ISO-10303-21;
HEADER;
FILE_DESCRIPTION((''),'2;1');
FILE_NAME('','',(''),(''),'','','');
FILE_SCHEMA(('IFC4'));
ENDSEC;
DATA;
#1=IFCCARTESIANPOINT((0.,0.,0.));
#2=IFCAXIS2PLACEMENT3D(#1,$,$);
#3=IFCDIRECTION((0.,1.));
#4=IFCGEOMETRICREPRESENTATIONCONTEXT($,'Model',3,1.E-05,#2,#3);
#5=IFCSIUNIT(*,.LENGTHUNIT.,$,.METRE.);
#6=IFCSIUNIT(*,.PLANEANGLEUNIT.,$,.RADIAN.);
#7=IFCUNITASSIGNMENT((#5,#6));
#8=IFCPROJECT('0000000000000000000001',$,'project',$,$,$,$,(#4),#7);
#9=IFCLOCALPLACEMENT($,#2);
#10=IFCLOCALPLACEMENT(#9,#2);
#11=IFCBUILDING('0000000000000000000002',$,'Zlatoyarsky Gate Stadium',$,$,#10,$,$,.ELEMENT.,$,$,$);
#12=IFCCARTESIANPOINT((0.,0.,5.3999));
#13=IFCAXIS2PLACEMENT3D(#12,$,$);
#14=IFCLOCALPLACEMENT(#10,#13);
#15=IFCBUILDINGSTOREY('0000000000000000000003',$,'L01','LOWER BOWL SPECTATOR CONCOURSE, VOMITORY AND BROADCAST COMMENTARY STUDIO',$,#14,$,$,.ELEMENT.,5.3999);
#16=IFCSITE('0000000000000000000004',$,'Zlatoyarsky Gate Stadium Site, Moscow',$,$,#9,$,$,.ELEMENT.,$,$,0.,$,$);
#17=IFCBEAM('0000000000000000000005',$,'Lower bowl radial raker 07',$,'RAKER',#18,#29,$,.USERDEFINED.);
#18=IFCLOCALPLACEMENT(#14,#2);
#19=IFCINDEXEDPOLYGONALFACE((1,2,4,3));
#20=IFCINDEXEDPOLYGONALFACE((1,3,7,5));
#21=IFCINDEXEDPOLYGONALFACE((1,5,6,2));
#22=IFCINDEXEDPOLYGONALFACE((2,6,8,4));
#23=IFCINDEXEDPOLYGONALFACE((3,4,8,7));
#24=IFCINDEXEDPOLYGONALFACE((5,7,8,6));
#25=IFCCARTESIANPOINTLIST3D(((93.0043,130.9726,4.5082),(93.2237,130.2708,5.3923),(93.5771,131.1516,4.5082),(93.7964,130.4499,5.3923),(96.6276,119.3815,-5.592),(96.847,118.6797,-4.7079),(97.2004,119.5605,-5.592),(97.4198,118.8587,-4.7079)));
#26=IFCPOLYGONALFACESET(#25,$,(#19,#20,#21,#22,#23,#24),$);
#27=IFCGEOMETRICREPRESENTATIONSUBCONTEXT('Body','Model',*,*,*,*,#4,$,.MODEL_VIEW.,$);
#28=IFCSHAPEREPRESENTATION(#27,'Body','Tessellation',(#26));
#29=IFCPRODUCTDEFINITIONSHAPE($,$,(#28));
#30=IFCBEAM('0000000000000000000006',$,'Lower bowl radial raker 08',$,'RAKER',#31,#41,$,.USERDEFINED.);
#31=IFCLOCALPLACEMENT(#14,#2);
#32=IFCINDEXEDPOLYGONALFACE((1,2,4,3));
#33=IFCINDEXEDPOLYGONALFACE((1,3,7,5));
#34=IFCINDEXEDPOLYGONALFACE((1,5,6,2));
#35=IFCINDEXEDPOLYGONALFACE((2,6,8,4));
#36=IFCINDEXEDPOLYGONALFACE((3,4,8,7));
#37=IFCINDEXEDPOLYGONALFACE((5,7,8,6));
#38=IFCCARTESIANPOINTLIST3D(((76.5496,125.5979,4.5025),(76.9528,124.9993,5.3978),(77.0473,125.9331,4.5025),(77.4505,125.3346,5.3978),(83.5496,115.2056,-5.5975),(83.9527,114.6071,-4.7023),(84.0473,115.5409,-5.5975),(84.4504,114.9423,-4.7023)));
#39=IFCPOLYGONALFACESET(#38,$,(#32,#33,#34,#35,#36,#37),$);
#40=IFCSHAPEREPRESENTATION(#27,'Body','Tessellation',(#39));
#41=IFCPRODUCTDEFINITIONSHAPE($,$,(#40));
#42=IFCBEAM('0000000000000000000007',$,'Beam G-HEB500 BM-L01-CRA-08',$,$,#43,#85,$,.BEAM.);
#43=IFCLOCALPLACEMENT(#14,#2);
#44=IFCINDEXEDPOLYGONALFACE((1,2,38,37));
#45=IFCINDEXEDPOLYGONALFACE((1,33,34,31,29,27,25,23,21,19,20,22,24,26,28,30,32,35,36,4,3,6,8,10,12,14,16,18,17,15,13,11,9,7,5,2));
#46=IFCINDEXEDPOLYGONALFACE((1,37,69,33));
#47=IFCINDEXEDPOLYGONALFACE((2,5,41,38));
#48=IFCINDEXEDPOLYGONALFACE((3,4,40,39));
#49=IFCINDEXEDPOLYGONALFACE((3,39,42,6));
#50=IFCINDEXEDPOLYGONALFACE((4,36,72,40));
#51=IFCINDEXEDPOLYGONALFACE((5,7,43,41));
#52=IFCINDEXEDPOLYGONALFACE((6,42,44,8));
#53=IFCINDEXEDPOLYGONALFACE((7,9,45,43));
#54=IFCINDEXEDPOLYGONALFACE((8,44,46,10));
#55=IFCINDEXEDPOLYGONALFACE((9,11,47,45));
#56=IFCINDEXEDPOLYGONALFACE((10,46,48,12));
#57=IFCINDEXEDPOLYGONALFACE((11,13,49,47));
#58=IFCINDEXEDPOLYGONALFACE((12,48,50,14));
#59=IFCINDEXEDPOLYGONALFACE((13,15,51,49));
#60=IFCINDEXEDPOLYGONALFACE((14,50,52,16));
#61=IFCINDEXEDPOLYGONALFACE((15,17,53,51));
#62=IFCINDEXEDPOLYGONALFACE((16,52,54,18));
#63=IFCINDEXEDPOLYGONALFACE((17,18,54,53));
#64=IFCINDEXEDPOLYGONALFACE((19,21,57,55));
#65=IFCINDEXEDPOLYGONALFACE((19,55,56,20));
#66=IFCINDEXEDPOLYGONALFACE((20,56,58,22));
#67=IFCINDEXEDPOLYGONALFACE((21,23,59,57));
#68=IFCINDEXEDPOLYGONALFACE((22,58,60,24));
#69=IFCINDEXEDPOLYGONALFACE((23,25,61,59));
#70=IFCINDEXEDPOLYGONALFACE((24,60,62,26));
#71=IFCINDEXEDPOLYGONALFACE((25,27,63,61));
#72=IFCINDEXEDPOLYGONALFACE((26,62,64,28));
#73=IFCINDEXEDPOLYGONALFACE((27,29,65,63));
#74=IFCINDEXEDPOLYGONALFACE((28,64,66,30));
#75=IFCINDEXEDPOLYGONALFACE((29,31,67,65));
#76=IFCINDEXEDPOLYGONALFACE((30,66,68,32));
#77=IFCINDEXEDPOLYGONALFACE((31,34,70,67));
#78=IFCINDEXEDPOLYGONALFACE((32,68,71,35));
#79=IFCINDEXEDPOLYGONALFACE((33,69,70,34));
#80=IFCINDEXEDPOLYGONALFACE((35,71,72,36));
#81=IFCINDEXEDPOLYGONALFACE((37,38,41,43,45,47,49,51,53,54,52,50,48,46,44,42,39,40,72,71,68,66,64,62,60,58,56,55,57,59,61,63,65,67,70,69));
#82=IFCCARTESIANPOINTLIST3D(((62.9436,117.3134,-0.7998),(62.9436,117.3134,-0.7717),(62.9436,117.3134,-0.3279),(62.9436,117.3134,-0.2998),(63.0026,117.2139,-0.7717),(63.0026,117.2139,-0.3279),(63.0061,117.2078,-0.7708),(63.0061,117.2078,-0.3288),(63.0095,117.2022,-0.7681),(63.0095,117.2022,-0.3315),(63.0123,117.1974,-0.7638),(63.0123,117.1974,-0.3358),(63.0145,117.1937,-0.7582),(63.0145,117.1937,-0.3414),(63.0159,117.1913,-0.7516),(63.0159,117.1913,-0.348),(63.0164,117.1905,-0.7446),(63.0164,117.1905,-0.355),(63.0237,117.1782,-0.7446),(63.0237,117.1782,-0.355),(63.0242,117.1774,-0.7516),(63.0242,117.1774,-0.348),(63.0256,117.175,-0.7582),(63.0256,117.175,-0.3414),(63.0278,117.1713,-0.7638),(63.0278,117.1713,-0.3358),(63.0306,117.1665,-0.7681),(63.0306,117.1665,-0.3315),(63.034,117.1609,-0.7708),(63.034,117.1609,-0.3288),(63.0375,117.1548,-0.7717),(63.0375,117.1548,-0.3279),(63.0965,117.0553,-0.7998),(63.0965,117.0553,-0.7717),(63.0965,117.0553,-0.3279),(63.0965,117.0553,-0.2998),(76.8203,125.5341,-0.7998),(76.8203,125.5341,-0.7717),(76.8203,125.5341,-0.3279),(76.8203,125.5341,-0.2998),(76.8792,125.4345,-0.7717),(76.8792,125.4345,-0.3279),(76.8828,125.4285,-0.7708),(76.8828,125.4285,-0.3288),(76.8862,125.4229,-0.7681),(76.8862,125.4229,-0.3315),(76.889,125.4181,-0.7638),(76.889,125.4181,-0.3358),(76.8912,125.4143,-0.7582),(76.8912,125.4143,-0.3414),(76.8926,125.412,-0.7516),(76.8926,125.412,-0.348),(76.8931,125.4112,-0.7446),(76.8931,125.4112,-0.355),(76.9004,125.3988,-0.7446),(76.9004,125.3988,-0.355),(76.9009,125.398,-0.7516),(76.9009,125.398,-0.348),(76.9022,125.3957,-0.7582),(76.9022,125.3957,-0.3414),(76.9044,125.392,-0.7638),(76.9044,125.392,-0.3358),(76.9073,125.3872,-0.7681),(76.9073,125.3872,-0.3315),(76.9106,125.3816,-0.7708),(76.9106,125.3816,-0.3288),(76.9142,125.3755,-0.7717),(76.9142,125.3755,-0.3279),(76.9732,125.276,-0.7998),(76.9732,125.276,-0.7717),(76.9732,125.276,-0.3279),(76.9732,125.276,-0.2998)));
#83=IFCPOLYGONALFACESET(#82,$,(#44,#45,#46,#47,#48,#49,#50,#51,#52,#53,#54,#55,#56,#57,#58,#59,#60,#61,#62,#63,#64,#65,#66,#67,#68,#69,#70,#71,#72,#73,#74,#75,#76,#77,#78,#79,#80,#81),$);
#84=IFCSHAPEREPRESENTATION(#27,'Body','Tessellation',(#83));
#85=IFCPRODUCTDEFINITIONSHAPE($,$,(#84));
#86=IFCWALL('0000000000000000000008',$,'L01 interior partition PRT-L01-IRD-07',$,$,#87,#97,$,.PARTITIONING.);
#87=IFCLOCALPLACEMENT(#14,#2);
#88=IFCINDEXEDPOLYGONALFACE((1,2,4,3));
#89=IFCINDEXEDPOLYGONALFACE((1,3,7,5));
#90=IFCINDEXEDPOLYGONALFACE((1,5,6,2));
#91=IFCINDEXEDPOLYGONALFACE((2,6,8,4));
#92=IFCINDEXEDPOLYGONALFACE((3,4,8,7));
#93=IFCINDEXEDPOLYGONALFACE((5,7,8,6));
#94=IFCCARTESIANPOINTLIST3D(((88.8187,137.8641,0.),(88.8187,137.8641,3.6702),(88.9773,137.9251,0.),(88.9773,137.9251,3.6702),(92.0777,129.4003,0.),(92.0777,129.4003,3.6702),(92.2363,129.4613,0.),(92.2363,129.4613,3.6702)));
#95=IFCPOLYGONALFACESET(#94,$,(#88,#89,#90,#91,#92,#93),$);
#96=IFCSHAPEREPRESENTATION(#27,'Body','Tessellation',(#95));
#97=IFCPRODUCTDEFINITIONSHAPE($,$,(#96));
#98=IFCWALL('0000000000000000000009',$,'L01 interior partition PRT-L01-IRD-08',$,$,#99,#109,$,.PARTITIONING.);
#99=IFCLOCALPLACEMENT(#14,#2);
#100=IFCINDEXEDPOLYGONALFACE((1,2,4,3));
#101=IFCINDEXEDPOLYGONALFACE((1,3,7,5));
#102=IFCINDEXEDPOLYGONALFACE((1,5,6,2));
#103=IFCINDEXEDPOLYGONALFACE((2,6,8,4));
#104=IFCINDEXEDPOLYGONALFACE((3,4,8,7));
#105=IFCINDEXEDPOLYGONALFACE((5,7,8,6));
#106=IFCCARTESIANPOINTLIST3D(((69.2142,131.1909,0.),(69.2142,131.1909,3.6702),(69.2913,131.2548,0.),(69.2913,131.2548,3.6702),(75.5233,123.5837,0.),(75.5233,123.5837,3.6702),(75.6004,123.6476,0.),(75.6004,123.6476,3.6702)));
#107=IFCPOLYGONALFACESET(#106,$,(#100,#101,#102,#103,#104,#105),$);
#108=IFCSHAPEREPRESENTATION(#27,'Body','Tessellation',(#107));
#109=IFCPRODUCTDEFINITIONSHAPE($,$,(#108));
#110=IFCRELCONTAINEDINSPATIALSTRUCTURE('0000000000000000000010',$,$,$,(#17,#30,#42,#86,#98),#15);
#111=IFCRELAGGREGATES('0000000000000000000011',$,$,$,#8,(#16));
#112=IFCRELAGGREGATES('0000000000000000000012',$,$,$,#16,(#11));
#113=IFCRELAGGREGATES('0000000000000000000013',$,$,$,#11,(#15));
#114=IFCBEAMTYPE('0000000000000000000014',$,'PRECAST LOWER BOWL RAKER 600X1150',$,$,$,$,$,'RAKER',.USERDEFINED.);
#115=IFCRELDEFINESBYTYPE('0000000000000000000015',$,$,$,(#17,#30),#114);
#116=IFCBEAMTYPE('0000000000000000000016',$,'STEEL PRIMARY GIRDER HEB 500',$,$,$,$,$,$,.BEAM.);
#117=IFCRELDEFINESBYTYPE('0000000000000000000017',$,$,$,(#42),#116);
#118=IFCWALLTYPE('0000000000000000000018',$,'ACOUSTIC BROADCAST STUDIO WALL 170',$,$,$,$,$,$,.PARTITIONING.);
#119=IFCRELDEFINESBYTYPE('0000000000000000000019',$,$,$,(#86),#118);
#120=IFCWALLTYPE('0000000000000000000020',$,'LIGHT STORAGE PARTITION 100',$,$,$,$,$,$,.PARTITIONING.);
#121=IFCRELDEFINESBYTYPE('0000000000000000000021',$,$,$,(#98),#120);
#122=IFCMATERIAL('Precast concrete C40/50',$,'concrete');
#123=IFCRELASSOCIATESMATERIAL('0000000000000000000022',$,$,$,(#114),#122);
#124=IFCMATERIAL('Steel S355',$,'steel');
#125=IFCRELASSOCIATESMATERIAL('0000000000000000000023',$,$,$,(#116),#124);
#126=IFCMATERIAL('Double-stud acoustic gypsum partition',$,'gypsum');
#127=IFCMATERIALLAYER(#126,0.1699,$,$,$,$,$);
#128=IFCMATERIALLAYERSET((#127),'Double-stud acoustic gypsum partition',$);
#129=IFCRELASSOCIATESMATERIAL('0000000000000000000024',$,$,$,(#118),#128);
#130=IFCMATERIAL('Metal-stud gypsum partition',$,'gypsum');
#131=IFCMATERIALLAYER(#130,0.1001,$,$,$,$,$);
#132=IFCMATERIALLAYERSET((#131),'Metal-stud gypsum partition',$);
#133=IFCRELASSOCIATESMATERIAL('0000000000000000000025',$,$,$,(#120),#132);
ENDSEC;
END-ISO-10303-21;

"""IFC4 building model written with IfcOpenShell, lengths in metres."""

from ifc_helpers import new_model, si_unit, direction, frame, frame_2d, origin, origin_2d, place, context, subcontext, project, spatial, rectangle, i_section, extrude, material, layer, layer_set, material_profile, profile_set, type_object, element, save


model = new_model("IFC4")

# Units and contexts
model_context = context("Model", 3, precision=1e-05, world=origin(), true_north=direction((0.0, 1.0)))
body_context = subcontext(model_context, "Body", "Model", "MODEL_VIEW")
ifc_project = project(units=[si_unit("LENGTHUNIT", "METRE"), si_unit("PLANEANGLEUNIT", "RADIAN")], contexts=[model_context])

# Site, building, storey
site_placement = place(None, origin())
site = spatial("IfcSite", under=ifc_project, at=site_placement, Name="Zlatoyarsky Gate Stadium Site, Moscow", CompositionType="ELEMENT", RefElevation=0.0)
building_placement = place(site_placement, origin())
building = spatial("IfcBuilding", under=site, at=building_placement, Name="Zlatoyarsky Gate Stadium", CompositionType="ELEMENT")
storey_placement = place(building_placement, frame((0.0, 0.0, 5.3999)))
storey = spatial("IfcBuildingStorey", under=building, at=storey_placement, Name="L01", Description="LOWER BOWL SPECTATOR CONCOURSE, VOMITORY AND BROADCAST COMMENTARY STUDIO", CompositionType="ELEMENT", Elevation=5.3999)

# Beams
ifc_material_1 = material(Name="Precast concrete C40/50", Category="concrete")
ifc_material_profile_1 = material_profile(ifc_material_1, rectangle(XDim=0.6001, YDim=1.1499, at=origin_2d()), Name="PC RAKER 600X1150")
ifc_profile_set_1 = profile_set([ifc_material_profile_1], Name="Precast concrete C40/50")
beam_type_1 = type_object("IfcBeamType", Name="PRECAST LOWER BOWL RAKER 600X1150", ElementType="RAKER", PredefinedType="USERDEFINED", material=ifc_profile_set_1)
beam_1_placement = place(storey_placement, frame((97.0237, 119.1201, -5.1499), z_axis=(-0.22939, 0.733828, 0.639435), x_axis=(-0.954455, -0.298356, 0.0)))
element("IfcBeam", 1, at=beam_1_placement, inside=storey, type_object=beam_type_1, Name="Lower bowl radial raker 07", ObjectType="RAKER", PredefinedType="USERDEFINED", context=body_context, shape_type="SweptSolid", body=[
    extrude(rectangle(XDim=0.6001, YDim=1.1499, at=origin_2d()), origin(), (0.0, 0.0, 1.0), 15.7954),
])
beam_2_placement = place(storey_placement, frame((84.0, 115.074, -5.1499), z_axis=(-0.434948, 0.645733, 0.627574), x_axis=(-0.829397, -0.55866, 0.0)))
element("IfcBeam", 2, at=beam_2_placement, inside=storey, type_object=beam_type_1, Name="Lower bowl radial raker 08", ObjectType="RAKER", PredefinedType="USERDEFINED", context=body_context, shape_type="SweptSolid", body=[
    extrude(rectangle(XDim=0.6001, YDim=1.1499, at=origin_2d()), origin(), (0.0, 0.0, 1.0), 16.0938),
])
ifc_material_2 = material(Name="Steel S355", Category="steel")
ifc_material_profile_2 = material_profile(ifc_material_2, i_section(OverallWidth=0.3, OverallDepth=0.5, WebThickness=0.0144, FlangeThickness=0.0281, FilletRadius=0.0271, at=origin_2d()), Name="HEB 500")
ifc_profile_set_2 = profile_set([ifc_material_profile_2], Name="Steel S355")
beam_type_2 = type_object("IfcBeamType", Name="STEEL PRIMARY GIRDER HEB 500", PredefinedType="BEAM", material=ifc_profile_set_2)
beam_3_placement = place(storey_placement, frame((76.8967, 125.405, -0.5498), z_axis=(-0.86036, -0.509686, 0.0), x_axis=(0.509686, -0.86036, 0.0)))
element("IfcBeam", 3, at=beam_3_placement, inside=storey, type_object=beam_type_2, Name="Beam G-HEB500 BM-L01-CRA-08", PredefinedType="BEAM", context=body_context, shape_type="SweptSolid", body=[
    extrude(i_section(OverallWidth=0.3, OverallDepth=0.5, WebThickness=0.0144, FlangeThickness=0.0281, FilletRadius=0.0271, at=origin_2d()), origin(), (0.0, 0.0, 1.0), 16.1289),
])

# Walls
ifc_material_3 = material(Name="Double-stud acoustic gypsum partition", Category="gypsum")
ifc_layer_1 = layer(ifc_material_3, 0.1699)
ifc_layer_set_1 = layer_set([ifc_layer_1], Name="Double-stud acoustic gypsum partition")
wall_type_1 = type_object("IfcWallType", Name="ACOUSTIC BROADCAST STUDIO WALL 170", PredefinedType="PARTITIONING", material=ifc_layer_set_1)
wall_1_placement = place(storey_placement, frame((92.157, 129.4309, 0.0), z_axis=(0.0, 0.0, 1.0), x_axis=(-0.359334, 0.933209, 0.0)))
element("IfcWall", 4, at=wall_1_placement, inside=storey, type_object=wall_type_1, Name="L01 interior partition PRT-L01-IRD-07", PredefinedType="PARTITIONING", context=body_context, shape_type="SweptSolid", body=[
    extrude(rectangle(XDim=9.0696, YDim=0.1699, at=frame_2d((4.5347, 0.0))), origin(), (0.0, 0.0, 1.0), 3.6702),
])
ifc_material_4 = material(Name="Metal-stud gypsum partition", Category="gypsum")
ifc_layer_2 = layer(ifc_material_4, 0.1001)
ifc_layer_set_2 = layer_set([ifc_layer_2], Name="Metal-stud gypsum partition")
wall_type_2 = type_object("IfcWallType", Name="LIGHT STORAGE PARTITION 100", PredefinedType="PARTITIONING", material=ifc_layer_set_2)
wall_2_placement = place(storey_placement, frame((75.5618, 123.6157, 0.0), z_axis=(0.0, 0.0, 1.0), x_axis=(-0.638377, 0.769724, 0.0)))
element("IfcWall", 5, at=wall_2_placement, inside=storey, type_object=wall_type_2, Name="L01 interior partition PRT-L01-IRD-08", PredefinedType="PARTITIONING", context=body_context, shape_type="SweptSolid", body=[
    extrude(rectangle(XDim=9.8831, YDim=0.1001, at=frame_2d((4.9414, 0.0))), origin(), (0.0, 0.0, 1.0), 3.6702),
])

save(model, "model.ifc")
